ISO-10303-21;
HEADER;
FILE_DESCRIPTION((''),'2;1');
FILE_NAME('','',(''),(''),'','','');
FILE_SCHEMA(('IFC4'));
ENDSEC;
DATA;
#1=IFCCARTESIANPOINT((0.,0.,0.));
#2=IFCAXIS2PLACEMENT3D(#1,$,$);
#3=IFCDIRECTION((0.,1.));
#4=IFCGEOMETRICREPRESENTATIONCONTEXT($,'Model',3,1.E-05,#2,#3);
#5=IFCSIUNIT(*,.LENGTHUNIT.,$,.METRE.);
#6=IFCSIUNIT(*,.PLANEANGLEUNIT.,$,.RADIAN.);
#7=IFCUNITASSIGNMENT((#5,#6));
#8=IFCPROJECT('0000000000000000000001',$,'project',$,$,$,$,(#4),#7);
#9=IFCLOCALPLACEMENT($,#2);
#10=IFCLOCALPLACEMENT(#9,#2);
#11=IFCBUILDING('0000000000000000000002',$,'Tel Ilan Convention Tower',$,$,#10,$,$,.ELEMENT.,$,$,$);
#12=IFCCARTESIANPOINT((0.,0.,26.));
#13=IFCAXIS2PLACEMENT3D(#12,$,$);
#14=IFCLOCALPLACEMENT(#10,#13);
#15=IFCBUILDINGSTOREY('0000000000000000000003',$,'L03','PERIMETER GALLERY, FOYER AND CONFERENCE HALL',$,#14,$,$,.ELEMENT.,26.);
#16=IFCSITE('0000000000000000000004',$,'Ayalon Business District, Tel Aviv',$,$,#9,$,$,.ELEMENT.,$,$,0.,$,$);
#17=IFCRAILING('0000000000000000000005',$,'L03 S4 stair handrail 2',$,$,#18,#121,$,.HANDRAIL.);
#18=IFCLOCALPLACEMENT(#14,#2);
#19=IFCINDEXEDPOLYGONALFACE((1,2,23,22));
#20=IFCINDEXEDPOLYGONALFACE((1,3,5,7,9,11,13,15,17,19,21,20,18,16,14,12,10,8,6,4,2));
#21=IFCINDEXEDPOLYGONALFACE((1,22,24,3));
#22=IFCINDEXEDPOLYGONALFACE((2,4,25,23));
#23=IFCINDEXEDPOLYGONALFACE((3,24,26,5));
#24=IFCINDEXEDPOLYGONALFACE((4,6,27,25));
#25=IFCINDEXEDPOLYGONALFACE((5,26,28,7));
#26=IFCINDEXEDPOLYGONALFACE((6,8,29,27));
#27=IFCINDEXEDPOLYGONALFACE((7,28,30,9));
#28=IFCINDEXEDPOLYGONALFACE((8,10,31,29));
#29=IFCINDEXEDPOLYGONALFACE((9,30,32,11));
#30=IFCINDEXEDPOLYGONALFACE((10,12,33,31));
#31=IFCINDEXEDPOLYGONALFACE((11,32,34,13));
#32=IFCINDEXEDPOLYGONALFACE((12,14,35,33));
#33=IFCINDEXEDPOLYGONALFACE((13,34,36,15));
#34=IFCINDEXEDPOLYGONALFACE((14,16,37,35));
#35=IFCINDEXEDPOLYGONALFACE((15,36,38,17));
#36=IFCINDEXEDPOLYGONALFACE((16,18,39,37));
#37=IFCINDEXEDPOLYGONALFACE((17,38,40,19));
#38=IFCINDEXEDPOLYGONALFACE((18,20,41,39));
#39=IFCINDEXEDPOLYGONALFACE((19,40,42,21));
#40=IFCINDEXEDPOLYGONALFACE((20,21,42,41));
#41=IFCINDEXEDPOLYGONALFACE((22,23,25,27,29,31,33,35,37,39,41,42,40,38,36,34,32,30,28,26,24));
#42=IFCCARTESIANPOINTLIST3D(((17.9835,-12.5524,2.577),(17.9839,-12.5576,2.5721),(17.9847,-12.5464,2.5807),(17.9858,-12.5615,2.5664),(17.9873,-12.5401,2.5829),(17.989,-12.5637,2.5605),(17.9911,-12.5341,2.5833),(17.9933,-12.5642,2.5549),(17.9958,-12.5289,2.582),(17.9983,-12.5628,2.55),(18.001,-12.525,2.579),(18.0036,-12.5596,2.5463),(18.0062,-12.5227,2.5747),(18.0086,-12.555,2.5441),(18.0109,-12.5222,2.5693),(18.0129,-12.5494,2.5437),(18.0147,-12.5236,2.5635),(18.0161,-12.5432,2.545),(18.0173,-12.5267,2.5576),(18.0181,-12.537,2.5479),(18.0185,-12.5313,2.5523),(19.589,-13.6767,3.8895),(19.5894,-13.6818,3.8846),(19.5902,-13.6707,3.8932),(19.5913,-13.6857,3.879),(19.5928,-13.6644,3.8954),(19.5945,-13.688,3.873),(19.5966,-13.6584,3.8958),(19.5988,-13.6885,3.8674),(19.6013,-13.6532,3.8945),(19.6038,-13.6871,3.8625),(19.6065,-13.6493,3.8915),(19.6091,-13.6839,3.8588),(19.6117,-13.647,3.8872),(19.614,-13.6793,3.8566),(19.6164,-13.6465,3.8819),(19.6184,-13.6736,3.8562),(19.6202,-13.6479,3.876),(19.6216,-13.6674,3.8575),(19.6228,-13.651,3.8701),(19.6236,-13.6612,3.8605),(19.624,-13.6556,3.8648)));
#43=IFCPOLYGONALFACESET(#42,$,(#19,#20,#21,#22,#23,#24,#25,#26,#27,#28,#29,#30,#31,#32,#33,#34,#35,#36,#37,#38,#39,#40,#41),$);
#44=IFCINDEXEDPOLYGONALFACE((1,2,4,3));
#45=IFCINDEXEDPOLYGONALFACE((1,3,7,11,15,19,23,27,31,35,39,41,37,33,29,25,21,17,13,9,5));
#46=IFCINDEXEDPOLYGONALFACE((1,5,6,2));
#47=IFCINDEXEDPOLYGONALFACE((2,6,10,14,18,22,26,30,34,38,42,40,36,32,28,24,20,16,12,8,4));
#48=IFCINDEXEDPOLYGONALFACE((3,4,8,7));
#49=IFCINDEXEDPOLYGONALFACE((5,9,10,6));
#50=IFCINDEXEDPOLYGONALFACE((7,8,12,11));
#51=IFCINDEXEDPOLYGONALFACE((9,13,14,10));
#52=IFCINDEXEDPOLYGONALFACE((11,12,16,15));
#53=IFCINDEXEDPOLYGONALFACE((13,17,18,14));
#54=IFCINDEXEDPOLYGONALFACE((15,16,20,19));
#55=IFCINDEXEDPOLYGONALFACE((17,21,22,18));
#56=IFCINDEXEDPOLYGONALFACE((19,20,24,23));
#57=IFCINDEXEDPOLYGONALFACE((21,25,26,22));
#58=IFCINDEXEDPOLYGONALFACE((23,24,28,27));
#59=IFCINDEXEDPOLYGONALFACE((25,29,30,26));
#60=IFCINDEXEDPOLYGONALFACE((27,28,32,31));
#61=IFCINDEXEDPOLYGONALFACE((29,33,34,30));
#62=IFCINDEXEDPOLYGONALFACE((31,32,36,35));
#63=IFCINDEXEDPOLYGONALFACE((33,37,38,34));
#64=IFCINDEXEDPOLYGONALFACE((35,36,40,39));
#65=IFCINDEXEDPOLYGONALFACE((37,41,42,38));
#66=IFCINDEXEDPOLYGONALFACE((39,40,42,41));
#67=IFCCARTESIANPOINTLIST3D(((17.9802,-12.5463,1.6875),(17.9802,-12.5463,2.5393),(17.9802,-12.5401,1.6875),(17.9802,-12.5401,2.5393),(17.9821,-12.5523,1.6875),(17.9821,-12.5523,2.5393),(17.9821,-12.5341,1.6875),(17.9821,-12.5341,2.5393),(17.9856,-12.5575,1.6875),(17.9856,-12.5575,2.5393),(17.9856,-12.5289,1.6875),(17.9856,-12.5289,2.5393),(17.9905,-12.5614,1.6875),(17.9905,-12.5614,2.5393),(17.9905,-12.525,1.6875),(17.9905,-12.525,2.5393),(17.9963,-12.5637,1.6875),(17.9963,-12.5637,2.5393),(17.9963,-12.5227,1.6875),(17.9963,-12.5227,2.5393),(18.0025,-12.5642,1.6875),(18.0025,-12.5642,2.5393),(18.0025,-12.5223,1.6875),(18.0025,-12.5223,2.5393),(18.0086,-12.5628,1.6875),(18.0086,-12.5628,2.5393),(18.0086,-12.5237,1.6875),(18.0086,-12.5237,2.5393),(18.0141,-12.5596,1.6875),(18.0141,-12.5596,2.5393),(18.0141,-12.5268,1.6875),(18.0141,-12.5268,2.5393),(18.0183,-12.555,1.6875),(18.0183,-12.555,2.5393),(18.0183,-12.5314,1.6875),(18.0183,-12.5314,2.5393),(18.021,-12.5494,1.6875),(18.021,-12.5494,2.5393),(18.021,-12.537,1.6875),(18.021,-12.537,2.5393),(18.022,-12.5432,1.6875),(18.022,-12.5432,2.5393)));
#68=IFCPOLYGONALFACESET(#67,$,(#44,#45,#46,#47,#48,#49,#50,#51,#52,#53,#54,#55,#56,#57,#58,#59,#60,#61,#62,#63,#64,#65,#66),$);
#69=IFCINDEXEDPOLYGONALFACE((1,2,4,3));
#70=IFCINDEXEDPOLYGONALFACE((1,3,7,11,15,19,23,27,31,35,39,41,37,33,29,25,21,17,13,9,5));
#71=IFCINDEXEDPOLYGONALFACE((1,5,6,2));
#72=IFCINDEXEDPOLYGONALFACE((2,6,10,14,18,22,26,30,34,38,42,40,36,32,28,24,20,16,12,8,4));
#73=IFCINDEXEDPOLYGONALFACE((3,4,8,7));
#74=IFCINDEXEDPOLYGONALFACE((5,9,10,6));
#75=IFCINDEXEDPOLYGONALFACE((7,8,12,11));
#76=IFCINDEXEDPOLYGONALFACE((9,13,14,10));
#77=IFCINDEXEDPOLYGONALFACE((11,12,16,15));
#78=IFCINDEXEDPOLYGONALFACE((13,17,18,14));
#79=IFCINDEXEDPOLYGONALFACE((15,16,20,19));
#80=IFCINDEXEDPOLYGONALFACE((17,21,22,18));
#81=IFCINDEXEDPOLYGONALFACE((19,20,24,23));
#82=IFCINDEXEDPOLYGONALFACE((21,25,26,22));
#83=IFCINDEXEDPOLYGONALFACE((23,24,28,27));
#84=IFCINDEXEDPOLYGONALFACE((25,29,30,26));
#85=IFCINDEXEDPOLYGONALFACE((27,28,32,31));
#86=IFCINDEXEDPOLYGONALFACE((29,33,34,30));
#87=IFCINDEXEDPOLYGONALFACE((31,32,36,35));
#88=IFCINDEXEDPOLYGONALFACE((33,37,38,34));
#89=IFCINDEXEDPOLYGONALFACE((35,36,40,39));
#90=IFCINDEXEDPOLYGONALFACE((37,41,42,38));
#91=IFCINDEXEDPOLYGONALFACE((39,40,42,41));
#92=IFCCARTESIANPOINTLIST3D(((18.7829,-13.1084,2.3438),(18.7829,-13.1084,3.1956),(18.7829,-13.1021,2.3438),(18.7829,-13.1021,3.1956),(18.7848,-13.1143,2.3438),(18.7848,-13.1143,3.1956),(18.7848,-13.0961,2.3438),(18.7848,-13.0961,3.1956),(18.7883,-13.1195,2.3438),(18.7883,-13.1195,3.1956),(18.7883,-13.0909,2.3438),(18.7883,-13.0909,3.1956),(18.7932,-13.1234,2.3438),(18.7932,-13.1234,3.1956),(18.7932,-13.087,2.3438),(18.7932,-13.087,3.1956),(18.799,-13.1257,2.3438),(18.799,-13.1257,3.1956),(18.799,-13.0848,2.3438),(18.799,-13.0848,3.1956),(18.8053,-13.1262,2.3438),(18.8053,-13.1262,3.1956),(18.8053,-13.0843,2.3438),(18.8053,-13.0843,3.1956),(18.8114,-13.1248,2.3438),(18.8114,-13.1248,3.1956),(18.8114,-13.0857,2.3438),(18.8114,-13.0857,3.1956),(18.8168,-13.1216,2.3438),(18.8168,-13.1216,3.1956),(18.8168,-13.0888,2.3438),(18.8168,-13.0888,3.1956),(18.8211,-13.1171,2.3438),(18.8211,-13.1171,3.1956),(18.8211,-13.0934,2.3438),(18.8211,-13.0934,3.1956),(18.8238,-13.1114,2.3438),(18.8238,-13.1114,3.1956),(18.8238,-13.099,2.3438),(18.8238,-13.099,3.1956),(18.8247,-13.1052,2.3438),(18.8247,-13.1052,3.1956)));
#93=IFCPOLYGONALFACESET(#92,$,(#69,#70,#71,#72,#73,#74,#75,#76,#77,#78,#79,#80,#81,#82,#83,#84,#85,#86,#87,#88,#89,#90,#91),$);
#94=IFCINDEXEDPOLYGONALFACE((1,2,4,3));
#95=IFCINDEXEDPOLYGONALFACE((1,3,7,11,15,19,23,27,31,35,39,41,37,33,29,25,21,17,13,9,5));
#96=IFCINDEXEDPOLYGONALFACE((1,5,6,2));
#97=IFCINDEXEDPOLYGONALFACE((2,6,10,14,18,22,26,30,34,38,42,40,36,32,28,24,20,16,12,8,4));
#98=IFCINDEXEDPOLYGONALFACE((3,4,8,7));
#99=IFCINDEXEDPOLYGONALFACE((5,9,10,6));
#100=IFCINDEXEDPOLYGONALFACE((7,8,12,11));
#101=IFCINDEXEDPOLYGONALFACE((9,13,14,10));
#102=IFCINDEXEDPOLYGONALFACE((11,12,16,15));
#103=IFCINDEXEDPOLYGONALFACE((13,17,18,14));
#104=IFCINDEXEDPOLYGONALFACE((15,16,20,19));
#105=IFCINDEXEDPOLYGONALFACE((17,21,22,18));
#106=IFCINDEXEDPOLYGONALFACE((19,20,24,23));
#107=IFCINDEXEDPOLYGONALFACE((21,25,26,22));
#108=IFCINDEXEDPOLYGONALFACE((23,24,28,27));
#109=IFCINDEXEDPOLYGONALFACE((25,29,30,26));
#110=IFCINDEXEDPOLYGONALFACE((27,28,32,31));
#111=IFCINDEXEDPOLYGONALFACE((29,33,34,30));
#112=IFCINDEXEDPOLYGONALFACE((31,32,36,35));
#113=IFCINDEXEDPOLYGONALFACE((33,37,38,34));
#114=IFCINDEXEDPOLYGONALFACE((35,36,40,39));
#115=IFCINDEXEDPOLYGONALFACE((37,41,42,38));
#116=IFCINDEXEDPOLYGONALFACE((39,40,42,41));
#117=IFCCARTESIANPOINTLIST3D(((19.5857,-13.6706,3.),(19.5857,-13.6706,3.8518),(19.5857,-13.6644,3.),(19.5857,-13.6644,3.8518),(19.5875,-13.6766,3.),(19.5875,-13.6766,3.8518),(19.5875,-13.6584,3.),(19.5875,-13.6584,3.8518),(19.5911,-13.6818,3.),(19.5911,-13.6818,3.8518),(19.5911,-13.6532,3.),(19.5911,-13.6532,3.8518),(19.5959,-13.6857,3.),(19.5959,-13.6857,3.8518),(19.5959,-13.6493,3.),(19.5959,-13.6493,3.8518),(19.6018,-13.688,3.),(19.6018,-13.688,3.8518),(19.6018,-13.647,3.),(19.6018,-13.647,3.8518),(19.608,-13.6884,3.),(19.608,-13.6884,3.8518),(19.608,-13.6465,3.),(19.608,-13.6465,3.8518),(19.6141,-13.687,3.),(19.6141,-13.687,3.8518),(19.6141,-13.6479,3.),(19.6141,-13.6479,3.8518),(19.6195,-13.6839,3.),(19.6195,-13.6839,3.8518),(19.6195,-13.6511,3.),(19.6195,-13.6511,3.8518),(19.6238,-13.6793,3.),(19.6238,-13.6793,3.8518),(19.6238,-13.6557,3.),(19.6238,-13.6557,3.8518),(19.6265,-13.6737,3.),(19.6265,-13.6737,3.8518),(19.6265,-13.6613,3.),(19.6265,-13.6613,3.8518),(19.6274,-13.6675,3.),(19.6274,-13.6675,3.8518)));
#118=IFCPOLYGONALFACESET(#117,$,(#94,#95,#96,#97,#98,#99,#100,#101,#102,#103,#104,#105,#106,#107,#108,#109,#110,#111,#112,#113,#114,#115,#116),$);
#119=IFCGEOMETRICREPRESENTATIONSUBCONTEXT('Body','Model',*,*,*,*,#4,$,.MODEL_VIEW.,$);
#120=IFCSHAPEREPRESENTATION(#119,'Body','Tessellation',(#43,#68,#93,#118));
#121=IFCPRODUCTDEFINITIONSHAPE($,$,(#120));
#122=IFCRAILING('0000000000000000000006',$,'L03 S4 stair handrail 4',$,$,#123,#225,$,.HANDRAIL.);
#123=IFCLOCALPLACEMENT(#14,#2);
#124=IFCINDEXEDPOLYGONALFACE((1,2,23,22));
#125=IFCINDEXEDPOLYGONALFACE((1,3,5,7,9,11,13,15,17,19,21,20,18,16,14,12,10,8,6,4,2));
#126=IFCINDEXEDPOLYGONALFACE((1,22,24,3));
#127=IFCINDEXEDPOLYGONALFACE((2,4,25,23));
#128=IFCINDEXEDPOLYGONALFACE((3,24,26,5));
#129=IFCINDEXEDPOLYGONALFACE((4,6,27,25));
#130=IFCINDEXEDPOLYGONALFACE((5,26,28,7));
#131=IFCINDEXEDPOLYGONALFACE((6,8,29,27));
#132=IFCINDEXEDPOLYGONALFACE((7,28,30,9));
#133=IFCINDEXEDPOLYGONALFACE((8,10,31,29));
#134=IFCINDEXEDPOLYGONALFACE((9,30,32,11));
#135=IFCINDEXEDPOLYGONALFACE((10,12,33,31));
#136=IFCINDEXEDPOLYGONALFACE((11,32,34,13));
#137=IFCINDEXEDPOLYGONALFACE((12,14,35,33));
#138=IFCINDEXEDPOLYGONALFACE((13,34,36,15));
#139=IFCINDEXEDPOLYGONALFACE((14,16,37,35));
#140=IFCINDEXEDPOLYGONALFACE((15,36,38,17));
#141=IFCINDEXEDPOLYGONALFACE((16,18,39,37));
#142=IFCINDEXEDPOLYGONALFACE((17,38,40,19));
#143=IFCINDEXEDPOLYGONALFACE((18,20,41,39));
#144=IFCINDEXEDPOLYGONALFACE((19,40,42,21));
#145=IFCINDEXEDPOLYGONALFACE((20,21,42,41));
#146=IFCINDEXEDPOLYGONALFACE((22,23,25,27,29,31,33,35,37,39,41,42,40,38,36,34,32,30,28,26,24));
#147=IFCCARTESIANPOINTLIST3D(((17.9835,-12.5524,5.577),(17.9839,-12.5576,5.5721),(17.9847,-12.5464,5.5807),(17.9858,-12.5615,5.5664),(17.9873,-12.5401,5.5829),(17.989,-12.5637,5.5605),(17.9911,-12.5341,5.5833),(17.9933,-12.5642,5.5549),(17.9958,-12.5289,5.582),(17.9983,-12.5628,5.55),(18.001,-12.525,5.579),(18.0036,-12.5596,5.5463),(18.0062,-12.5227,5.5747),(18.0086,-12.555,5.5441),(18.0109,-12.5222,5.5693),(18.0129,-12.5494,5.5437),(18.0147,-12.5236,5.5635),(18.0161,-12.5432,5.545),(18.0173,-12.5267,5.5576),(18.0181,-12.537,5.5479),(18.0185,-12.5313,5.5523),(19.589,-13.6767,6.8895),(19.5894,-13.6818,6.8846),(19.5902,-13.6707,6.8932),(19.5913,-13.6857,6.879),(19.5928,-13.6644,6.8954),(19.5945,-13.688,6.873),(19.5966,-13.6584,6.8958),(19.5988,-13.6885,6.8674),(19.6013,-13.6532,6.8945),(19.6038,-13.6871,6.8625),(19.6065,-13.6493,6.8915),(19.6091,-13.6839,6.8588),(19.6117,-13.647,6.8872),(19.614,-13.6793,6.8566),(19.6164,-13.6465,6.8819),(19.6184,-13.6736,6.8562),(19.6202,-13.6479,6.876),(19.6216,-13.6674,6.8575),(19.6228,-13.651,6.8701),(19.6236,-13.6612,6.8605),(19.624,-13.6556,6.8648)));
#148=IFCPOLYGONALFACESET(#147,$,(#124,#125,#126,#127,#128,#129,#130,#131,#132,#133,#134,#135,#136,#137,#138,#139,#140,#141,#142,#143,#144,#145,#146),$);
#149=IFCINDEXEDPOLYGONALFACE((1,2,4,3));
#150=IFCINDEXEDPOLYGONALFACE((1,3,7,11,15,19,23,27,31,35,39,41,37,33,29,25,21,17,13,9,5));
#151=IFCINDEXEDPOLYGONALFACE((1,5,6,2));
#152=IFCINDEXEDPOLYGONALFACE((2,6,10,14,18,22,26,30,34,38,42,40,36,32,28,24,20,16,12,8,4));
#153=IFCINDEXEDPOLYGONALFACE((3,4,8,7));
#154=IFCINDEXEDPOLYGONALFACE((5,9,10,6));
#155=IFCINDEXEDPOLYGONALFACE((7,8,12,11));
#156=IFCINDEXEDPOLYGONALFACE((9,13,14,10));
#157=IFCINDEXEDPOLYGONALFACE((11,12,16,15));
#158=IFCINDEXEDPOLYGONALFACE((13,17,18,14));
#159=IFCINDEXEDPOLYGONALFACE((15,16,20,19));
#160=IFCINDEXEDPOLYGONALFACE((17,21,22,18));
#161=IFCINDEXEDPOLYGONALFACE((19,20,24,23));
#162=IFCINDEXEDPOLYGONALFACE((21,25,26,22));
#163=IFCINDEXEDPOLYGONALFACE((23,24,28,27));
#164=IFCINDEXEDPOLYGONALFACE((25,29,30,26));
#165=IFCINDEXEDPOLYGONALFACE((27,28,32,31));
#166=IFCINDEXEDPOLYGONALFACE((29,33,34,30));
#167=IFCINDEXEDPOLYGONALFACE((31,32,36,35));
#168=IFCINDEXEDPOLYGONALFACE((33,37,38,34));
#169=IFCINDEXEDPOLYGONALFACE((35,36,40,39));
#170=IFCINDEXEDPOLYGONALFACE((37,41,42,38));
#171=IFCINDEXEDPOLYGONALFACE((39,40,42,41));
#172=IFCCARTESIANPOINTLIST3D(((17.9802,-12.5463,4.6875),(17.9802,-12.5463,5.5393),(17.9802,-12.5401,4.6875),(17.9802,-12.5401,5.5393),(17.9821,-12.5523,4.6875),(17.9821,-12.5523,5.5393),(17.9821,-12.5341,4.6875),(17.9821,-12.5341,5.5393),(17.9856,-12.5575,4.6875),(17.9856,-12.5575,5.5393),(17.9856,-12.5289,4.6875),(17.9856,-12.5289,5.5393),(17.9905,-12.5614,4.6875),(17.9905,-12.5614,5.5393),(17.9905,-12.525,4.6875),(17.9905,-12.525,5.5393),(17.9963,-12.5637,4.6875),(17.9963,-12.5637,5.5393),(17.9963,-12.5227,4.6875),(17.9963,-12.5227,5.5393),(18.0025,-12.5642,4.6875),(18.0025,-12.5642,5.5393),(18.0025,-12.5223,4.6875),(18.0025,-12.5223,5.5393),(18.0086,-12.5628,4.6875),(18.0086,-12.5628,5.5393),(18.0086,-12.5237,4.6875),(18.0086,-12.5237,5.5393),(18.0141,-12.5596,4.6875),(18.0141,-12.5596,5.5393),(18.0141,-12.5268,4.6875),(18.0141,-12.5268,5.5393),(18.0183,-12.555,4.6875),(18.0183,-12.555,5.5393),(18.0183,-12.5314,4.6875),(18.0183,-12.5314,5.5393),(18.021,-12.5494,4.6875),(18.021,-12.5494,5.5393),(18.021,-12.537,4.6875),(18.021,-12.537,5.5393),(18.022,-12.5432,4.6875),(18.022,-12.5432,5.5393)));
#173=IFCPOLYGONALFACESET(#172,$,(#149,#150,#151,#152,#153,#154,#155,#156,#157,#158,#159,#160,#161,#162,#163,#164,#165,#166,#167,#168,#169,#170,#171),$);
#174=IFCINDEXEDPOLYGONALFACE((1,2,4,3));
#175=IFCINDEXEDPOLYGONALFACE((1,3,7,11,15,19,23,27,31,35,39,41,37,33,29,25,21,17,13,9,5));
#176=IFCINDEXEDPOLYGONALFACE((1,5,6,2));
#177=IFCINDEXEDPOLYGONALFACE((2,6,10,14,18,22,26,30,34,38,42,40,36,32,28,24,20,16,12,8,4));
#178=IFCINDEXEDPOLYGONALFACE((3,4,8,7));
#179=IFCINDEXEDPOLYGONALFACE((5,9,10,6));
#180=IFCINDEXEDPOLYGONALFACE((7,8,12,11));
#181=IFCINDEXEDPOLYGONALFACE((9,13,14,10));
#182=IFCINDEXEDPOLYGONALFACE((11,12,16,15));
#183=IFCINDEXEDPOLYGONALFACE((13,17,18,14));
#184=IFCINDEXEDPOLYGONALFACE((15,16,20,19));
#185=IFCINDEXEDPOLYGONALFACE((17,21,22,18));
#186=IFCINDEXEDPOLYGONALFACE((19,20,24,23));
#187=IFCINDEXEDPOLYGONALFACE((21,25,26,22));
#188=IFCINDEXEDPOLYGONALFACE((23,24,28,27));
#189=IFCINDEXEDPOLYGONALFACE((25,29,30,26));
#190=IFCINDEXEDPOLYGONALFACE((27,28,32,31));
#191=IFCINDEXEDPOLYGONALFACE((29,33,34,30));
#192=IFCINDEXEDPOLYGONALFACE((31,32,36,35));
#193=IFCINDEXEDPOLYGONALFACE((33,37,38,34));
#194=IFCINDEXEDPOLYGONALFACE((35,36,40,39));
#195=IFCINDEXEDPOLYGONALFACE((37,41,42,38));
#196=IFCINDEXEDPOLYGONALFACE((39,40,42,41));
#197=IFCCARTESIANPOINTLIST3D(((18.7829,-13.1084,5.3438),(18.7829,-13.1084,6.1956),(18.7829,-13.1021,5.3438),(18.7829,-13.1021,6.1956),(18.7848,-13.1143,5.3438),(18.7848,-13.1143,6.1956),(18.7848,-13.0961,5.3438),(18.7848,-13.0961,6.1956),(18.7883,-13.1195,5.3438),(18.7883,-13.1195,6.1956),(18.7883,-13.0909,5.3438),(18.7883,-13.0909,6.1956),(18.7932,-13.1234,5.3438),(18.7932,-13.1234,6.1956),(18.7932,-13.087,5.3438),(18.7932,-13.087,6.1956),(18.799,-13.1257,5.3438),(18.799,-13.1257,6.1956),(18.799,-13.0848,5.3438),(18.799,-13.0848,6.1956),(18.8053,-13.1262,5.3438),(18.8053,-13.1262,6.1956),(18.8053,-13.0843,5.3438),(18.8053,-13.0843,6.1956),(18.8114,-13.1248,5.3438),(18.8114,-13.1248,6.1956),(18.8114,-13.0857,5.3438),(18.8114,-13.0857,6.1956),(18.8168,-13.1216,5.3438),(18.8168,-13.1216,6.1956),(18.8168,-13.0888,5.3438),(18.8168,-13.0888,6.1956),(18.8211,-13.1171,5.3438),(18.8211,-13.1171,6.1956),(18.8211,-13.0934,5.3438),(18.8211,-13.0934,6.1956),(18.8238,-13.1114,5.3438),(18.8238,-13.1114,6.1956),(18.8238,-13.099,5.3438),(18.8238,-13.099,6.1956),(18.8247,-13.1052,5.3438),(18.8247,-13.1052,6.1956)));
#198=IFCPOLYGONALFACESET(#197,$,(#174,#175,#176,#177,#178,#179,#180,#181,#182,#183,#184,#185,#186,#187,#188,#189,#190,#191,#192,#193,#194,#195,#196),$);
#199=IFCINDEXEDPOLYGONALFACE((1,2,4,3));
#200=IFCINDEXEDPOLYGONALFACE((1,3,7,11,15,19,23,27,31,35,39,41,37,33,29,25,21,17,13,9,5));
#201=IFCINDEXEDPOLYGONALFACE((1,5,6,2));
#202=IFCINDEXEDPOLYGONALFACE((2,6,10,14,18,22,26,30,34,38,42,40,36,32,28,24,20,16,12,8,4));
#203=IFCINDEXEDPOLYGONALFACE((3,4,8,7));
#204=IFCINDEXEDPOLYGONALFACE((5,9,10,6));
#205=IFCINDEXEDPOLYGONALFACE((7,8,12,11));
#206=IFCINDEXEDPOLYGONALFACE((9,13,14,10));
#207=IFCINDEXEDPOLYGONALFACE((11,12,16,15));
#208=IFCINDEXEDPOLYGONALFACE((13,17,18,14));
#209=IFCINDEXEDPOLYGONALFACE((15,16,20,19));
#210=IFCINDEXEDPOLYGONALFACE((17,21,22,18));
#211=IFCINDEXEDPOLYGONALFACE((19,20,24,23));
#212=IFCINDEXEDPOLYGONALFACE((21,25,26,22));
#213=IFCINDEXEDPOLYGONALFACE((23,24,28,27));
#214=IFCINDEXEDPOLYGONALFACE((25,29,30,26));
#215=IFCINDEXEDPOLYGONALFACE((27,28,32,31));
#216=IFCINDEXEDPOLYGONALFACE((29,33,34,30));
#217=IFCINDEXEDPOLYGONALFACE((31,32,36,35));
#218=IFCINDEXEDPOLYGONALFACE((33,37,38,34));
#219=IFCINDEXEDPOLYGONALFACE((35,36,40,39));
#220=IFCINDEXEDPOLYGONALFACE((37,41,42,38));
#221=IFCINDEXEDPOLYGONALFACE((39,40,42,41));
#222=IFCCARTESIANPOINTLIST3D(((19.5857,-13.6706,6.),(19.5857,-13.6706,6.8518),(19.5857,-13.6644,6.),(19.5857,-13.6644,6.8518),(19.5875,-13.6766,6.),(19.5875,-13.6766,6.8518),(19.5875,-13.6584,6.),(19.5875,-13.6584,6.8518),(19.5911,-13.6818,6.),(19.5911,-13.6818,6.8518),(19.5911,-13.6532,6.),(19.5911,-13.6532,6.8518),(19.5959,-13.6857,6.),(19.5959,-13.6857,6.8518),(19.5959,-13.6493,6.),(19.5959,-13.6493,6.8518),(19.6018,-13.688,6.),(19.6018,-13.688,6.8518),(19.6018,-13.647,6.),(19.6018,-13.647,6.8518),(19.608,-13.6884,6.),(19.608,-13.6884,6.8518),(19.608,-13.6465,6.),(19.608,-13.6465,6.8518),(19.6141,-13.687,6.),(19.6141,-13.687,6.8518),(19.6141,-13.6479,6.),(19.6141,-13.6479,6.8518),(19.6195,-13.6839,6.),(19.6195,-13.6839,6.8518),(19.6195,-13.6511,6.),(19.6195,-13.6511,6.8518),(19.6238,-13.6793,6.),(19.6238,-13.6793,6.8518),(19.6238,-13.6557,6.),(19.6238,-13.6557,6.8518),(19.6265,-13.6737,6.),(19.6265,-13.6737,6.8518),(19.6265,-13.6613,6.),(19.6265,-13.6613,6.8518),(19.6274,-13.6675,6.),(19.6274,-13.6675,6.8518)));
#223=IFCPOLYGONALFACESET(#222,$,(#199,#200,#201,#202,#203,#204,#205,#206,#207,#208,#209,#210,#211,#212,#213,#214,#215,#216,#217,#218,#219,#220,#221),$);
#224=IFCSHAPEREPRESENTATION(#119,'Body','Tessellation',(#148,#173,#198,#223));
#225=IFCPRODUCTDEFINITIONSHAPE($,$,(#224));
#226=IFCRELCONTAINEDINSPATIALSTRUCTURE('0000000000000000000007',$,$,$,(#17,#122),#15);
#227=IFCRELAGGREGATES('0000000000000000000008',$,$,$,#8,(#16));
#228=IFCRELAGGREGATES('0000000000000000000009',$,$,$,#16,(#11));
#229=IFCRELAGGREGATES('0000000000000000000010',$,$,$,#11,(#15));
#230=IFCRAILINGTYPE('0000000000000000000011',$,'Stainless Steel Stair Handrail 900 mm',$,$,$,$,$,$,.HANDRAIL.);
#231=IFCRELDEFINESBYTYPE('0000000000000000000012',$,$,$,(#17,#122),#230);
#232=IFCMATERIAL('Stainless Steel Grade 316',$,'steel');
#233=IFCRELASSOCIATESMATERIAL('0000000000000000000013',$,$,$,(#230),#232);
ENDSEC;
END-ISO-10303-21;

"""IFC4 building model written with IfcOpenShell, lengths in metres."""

from ifc_helpers import new_model, si_unit, direction, frame, origin, origin_2d, place, context, subcontext, project, spatial, circle, extrude, material, type_object, element, save


model = new_model("IFC4")

# Units and contexts
model_context = context("Model", 3, precision=1e-05, world=origin(), true_north=direction((0.0, 1.0)))
body_context = subcontext(model_context, "Body", "Model", "MODEL_VIEW")
ifc_project = project(units=[si_unit("LENGTHUNIT", "METRE"), si_unit("PLANEANGLEUNIT", "RADIAN")], contexts=[model_context])

# Site, building, storey
site_placement = place(None, origin())
site = spatial("IfcSite", under=ifc_project, at=site_placement, Name="Ayalon Business District, Tel Aviv", CompositionType="ELEMENT", RefElevation=0.0)
building_placement = place(site_placement, origin())
building = spatial("IfcBuilding", under=site, at=building_placement, Name="Tel Ilan Convention Tower", CompositionType="ELEMENT")
storey_placement = place(building_placement, frame((0.0, 0.0, 26.0)))
storey = spatial("IfcBuildingStorey", under=building, at=storey_placement, Name="L03", Description="PERIMETER GALLERY, FOYER AND CONFERENCE HALL", CompositionType="ELEMENT", Elevation=26.0)

# Railings
ifc_material_1 = material(Name="Stainless Steel Grade 316", Category="steel")
railing_type_1 = type_object("IfcRailingType", Name="Stainless Steel Stair Handrail 900 mm", PredefinedType="HANDRAIL", material=ifc_material_1)
for number, where, name in (
    (1, (18.001, -12.5432, 1.6875), "L03 S4 stair handrail 2"),
    (2, (18.001, -12.5432, 4.6875), "L03 S4 stair handrail 4"),
):
    element("IfcRailing", number, at=place(storey_placement, frame(where)), inside=storey, type_object=railing_type_1, Name=name, PredefinedType="HANDRAIL", context=body_context, shape_type="SweptSolid", body=[
        extrude(circle(Radius=0.0239, at=origin_2d()), frame((0.0, 0.0, 0.876), z_axis=(0.680616, -0.476617, 0.556416), x_axis=(0.573613, 0.819127, 0.0)), (0.0, 0.0, 1.0), 2.3589),
        extrude(circle(Radius=0.021, at=origin_2d()), origin(), (0.0, 0.0, 1.0), 0.8518),
        extrude(circle(Radius=0.021, at=origin_2d()), frame((0.8027, -0.562, 0.6562)), (0.0, 0.0, 1.0), 0.8518),
        extrude(circle(Radius=0.021, at=origin_2d()), frame((1.6055, -1.1243, 1.3125)), (0.0, 0.0, 1.0), 0.8518),
    ])

save(model, "model.ifc")
